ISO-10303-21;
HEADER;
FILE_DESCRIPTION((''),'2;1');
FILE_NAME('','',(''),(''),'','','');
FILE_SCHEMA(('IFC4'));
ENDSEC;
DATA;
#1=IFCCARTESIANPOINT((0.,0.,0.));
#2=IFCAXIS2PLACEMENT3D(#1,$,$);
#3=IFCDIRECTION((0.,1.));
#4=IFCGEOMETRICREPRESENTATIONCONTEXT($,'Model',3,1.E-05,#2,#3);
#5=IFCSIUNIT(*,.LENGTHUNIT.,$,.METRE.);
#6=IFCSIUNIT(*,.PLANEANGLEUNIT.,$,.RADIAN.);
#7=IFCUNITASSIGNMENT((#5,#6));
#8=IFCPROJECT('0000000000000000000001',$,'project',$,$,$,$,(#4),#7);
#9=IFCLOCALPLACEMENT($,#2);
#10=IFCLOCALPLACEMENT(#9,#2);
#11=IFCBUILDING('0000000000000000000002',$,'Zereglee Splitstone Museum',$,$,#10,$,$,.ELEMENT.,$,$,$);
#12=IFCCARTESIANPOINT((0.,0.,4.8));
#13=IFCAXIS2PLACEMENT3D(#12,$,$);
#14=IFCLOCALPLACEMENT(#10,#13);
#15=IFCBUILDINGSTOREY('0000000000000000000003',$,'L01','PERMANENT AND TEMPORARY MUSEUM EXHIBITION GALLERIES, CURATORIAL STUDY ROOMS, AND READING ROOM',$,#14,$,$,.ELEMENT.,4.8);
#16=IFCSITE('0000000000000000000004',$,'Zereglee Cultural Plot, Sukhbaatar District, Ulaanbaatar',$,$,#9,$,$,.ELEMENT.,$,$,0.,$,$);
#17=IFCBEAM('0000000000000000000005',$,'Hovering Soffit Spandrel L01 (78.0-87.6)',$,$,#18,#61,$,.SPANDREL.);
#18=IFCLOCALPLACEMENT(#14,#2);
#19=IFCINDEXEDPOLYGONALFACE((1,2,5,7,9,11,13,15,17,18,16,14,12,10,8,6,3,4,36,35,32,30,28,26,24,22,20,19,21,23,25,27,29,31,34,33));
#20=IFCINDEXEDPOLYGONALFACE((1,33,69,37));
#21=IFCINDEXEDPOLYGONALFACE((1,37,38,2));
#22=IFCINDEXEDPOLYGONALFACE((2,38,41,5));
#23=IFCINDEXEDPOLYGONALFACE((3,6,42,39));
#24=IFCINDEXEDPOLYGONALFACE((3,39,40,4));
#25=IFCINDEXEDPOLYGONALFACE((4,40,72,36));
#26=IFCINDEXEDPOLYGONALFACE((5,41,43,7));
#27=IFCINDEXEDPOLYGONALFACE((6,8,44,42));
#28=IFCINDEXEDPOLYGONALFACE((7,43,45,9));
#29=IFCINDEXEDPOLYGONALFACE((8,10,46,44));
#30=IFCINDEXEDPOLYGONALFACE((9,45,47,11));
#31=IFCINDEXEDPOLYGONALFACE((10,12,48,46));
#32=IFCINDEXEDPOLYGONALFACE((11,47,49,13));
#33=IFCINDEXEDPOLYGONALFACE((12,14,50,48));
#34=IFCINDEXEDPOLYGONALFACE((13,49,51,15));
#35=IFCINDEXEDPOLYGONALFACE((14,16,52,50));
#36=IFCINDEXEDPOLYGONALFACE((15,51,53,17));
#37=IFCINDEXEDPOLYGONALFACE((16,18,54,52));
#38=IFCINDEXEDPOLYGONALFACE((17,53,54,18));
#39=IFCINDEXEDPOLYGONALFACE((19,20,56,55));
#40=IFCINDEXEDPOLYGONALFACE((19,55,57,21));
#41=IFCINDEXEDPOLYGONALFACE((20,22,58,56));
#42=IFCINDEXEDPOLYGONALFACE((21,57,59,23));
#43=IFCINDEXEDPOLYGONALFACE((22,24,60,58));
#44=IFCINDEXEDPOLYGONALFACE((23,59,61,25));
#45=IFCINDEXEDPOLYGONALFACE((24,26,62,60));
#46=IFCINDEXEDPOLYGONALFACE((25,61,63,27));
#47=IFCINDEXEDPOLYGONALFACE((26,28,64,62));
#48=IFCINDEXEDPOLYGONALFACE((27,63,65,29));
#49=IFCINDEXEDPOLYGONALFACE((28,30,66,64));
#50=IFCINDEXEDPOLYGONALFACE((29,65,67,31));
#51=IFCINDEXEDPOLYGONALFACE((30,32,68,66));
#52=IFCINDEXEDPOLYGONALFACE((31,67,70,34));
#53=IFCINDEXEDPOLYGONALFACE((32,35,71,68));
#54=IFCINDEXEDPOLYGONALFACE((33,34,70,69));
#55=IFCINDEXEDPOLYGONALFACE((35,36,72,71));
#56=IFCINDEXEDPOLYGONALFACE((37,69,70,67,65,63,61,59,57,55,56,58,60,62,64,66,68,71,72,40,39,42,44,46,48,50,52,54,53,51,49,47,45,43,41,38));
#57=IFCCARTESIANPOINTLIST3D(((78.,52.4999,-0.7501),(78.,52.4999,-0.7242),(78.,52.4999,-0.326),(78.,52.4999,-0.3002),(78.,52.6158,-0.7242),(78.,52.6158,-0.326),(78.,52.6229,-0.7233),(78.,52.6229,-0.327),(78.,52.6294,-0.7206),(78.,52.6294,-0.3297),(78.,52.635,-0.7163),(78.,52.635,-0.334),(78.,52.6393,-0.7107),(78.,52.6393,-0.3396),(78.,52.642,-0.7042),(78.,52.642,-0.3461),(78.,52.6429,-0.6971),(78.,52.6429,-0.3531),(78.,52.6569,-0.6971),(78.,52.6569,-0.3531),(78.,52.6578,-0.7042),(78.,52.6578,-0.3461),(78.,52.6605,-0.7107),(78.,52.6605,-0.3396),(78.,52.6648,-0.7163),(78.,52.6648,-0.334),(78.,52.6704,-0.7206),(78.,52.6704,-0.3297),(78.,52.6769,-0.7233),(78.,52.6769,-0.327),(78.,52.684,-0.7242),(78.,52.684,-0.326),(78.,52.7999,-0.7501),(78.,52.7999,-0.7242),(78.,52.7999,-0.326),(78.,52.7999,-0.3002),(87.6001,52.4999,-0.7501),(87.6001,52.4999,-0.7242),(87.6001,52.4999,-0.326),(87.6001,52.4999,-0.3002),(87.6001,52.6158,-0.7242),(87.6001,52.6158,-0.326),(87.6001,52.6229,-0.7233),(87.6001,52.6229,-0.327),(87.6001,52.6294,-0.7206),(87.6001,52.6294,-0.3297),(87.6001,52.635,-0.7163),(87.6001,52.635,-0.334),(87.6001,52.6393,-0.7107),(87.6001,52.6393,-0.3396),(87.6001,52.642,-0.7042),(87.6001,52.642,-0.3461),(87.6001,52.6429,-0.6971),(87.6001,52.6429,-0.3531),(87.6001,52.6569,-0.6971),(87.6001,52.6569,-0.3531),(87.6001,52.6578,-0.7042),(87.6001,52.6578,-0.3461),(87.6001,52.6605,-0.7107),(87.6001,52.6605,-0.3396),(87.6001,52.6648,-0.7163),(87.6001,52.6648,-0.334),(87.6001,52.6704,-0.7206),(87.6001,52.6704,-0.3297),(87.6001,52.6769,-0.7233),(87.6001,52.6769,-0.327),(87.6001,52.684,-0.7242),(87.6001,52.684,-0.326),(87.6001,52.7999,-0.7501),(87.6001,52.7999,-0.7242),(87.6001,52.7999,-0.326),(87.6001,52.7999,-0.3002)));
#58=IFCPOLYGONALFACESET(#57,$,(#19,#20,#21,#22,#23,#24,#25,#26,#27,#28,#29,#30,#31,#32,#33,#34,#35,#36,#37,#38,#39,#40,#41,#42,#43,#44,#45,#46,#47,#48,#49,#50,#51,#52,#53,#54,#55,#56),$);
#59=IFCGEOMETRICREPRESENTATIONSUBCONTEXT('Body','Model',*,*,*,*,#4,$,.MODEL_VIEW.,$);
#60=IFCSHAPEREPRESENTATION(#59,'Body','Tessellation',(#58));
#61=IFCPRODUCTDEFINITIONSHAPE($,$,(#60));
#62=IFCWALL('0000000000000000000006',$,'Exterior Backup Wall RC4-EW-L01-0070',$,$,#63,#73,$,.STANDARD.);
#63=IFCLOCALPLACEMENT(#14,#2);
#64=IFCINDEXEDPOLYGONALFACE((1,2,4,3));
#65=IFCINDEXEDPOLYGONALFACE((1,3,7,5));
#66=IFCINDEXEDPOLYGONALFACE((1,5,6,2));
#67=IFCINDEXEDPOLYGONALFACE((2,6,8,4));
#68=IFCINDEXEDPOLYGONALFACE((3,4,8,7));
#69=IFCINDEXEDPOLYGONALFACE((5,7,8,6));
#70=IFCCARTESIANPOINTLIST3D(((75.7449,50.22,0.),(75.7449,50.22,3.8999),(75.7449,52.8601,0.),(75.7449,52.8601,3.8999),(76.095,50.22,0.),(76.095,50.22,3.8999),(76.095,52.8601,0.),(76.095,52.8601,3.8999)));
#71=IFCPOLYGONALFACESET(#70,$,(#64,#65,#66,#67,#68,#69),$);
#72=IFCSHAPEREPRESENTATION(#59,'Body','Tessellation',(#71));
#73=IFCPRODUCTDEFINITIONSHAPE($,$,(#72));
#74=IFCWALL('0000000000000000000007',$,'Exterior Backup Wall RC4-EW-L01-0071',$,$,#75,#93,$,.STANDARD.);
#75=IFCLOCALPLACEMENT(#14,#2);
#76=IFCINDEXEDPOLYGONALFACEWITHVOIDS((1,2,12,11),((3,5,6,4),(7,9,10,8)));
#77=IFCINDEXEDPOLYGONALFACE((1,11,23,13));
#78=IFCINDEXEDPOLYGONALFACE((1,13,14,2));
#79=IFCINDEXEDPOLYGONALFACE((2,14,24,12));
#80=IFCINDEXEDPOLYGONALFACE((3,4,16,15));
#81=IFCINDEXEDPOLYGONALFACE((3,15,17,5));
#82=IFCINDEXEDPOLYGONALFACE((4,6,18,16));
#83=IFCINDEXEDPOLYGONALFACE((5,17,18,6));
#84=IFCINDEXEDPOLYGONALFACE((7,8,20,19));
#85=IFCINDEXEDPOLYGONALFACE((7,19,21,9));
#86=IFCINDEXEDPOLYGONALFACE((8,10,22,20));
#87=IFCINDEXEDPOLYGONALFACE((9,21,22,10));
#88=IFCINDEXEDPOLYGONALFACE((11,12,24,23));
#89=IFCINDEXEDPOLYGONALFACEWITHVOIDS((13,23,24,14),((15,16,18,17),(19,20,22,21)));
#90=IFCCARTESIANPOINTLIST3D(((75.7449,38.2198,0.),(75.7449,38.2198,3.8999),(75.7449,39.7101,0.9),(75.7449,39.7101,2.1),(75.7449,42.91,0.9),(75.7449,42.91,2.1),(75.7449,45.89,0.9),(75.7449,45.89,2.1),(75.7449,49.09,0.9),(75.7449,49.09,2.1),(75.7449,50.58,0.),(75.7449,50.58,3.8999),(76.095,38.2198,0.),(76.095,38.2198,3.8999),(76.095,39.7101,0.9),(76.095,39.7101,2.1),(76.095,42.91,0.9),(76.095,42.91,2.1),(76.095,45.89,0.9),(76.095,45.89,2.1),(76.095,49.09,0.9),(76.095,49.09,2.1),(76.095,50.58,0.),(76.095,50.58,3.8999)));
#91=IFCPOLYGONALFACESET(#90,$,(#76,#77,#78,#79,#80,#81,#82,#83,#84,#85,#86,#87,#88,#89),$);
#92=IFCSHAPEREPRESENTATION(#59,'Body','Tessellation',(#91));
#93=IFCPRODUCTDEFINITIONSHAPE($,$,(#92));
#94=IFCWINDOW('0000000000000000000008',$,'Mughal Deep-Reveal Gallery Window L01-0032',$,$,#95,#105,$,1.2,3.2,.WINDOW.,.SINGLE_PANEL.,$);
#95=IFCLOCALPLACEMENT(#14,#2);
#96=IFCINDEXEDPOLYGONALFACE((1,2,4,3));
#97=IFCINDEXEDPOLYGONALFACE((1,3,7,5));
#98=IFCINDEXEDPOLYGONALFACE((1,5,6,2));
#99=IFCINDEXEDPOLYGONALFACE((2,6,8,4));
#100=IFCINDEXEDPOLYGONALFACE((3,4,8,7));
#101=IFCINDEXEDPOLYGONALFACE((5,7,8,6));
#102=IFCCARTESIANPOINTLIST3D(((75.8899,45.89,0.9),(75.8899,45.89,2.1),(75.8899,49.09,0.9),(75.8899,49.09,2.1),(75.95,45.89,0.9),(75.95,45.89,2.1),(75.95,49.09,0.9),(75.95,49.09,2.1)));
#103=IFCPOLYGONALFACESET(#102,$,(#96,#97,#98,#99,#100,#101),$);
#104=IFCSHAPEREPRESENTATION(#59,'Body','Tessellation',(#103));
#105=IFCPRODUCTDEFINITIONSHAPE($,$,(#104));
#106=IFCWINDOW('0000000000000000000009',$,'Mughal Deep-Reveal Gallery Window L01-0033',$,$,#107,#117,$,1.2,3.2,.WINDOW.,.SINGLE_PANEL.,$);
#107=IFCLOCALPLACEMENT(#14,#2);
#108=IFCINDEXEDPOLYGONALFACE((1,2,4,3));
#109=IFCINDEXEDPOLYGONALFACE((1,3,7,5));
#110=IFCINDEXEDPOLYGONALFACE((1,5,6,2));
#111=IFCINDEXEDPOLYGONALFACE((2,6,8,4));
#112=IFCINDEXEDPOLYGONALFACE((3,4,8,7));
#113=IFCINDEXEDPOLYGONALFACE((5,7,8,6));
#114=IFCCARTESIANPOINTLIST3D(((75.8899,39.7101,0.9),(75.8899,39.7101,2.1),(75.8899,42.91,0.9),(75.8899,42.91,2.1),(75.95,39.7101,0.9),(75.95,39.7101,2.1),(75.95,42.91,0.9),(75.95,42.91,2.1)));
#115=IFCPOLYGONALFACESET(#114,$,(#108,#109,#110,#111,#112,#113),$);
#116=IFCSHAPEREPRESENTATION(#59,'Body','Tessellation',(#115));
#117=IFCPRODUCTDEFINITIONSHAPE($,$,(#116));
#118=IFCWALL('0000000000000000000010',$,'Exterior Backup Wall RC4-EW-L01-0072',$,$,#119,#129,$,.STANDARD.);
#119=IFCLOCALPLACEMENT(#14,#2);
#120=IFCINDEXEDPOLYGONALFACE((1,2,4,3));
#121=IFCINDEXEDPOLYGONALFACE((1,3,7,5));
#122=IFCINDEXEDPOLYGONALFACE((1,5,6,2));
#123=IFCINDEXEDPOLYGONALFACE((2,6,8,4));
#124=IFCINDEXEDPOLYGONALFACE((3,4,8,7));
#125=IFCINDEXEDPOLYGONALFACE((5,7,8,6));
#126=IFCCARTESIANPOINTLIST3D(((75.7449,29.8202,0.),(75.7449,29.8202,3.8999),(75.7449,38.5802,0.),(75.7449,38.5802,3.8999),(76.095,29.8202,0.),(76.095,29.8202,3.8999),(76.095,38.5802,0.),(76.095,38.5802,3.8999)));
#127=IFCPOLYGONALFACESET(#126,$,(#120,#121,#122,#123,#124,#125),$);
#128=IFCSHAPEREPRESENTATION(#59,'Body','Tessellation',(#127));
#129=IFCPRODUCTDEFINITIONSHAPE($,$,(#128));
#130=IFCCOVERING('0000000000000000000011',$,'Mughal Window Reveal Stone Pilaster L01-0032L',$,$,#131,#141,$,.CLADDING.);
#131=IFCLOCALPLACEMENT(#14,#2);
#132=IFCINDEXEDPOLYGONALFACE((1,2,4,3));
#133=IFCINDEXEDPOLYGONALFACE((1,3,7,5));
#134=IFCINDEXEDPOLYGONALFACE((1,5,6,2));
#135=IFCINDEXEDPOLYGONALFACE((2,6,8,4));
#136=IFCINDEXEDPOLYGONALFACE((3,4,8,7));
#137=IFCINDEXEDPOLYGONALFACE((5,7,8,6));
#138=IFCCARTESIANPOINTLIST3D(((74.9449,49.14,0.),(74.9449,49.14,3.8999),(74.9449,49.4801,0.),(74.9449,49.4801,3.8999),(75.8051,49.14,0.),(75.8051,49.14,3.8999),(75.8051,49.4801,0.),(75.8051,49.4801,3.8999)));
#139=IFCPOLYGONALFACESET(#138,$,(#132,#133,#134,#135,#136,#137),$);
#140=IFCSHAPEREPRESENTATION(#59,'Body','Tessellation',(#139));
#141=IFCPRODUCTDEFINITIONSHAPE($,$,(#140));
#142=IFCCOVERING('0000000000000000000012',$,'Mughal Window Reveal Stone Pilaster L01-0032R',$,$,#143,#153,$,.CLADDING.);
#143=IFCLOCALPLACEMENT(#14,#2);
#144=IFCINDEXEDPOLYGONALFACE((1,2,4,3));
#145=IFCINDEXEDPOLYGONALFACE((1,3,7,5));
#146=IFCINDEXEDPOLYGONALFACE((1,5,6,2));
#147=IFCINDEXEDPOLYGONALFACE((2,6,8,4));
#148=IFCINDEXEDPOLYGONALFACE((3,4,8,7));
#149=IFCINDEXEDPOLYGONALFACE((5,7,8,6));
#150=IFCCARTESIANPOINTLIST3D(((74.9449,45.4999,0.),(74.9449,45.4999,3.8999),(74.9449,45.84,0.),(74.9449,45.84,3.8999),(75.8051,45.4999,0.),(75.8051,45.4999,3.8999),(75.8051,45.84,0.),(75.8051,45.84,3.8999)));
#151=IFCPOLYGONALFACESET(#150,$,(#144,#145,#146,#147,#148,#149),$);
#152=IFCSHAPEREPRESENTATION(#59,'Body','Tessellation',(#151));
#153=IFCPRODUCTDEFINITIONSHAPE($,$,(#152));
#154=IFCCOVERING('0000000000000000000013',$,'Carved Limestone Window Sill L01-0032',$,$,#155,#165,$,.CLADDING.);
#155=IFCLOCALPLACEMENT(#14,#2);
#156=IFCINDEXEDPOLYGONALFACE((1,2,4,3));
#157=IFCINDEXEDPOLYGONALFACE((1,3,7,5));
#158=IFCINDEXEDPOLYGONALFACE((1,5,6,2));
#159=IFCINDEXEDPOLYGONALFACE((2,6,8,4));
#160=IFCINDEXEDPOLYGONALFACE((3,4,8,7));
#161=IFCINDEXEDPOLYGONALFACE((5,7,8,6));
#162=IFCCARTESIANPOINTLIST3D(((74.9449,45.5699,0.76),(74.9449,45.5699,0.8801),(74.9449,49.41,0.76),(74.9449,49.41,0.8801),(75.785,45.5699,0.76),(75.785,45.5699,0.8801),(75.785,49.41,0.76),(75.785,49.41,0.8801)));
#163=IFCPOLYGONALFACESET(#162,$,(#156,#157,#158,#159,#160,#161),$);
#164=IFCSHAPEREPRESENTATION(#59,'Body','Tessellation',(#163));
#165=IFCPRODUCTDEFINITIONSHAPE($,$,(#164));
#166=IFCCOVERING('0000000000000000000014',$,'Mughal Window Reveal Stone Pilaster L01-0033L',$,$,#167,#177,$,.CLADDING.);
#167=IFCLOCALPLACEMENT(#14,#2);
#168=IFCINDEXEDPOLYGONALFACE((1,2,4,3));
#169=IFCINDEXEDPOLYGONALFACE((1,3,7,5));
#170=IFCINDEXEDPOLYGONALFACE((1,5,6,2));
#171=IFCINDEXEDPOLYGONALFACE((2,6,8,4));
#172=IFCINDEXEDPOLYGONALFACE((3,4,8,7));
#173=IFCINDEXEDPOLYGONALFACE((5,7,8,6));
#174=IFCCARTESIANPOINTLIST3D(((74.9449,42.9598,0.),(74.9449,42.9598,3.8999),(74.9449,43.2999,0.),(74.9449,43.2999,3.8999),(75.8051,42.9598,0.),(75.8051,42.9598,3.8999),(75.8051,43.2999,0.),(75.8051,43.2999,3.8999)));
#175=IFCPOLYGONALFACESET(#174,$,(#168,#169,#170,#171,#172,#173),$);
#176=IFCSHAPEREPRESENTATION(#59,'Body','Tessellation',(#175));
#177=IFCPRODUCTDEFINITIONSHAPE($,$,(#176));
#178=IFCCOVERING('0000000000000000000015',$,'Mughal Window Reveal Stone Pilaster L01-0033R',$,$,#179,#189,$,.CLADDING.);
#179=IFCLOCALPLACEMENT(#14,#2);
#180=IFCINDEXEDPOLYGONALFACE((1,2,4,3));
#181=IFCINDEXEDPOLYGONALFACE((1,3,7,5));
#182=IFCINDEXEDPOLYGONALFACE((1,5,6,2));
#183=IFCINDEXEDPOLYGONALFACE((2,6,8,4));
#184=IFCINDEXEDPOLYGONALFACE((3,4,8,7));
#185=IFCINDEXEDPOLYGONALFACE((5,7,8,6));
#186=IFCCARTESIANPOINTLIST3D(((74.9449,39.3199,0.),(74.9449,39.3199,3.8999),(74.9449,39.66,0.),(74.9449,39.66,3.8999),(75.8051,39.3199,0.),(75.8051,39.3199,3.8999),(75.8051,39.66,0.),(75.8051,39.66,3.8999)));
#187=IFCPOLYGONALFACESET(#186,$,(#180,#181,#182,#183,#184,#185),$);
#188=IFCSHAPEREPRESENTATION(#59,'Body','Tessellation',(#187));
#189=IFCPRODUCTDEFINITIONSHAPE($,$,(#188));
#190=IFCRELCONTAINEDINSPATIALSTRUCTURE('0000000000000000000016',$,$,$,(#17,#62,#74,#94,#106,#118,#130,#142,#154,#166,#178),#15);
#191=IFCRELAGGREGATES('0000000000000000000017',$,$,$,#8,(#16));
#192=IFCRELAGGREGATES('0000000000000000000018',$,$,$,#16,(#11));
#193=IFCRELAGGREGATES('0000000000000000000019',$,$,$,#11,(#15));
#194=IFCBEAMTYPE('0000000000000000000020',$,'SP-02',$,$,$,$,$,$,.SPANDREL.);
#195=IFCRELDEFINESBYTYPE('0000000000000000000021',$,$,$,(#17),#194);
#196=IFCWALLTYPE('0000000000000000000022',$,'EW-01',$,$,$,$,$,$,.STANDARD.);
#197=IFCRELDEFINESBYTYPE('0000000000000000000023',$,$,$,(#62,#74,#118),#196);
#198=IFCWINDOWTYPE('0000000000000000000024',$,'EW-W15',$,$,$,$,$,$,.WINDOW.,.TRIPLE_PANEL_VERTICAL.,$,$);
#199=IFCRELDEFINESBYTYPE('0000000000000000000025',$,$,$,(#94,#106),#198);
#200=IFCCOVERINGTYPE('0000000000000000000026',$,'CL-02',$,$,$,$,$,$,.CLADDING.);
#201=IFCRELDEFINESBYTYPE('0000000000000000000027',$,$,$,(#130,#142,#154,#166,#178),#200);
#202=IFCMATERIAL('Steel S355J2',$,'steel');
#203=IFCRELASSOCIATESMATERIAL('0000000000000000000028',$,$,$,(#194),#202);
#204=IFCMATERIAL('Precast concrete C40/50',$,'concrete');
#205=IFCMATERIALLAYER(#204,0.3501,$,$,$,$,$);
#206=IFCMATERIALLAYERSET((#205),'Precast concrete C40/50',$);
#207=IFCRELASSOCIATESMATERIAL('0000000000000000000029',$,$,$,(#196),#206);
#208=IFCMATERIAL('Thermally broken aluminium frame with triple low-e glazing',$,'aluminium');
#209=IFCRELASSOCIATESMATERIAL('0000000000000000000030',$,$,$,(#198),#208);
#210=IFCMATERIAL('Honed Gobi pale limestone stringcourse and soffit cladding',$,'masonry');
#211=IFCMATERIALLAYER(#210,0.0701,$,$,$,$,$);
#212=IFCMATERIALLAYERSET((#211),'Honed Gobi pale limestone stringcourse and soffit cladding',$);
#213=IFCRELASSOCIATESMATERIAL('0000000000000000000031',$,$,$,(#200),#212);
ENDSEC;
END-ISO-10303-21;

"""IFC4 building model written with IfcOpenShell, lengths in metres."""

from ifc_helpers import new_model, si_unit, direction, frame, frame_2d, origin, origin_2d, place, context, subcontext, project, spatial, rectangle, i_section, extrude, material, layer, layer_set, material_profile, profile_set, type_object, element, fill, save


model = new_model("IFC4")

# Units and contexts
model_context = context("Model", 3, precision=1e-05, world=origin(), true_north=direction((0.0, 1.0)))
body_context = subcontext(model_context, "Body", "Model", "MODEL_VIEW")
ifc_project = project(units=[si_unit("LENGTHUNIT", "METRE"), si_unit("PLANEANGLEUNIT", "RADIAN")], contexts=[model_context])

# Site, building, storey
site_placement = place(None, origin())
site = spatial("IfcSite", under=ifc_project, at=site_placement, Name="Zereglee Cultural Plot, Sukhbaatar District, Ulaanbaatar", CompositionType="ELEMENT", RefElevation=0.0)
building_placement = place(site_placement, origin())
building = spatial("IfcBuilding", under=site, at=building_placement, Name="Zereglee Splitstone Museum", CompositionType="ELEMENT")
storey_placement = place(building_placement, frame((0.0, 0.0, 4.8)))
storey = spatial("IfcBuildingStorey", under=building, at=storey_placement, Name="L01", Description="PERMANENT AND TEMPORARY MUSEUM EXHIBITION GALLERIES, CURATORIAL STUDY ROOMS, AND READING ROOM", CompositionType="ELEMENT", Elevation=4.8)

# Beam
ifc_material_1 = material(Name="Steel S355J2", Category="steel")
ifc_material_profile_1 = material_profile(ifc_material_1, i_section(OverallWidth=0.3, OverallDepth=0.45, WebThickness=0.0139, FlangeThickness=0.0259, FilletRadius=0.0271, at=origin_2d()), Name="HE 450 B")
ifc_profile_set_1 = profile_set([ifc_material_profile_1], Name="Steel S355J2")
beam_type_1 = type_object("IfcBeamType", Name="SP-02", PredefinedType="SPANDREL", material=ifc_profile_set_1)
beam_1_placement = place(storey_placement, frame((78.0, 52.6499, -0.5251), z_axis=(1.0, 0.0, 0.0), x_axis=(0.0, 1.0, 0.0)))
element("IfcBeam", 1, at=beam_1_placement, inside=storey, type_object=beam_type_1, Name="Hovering Soffit Spandrel L01 (78.0-87.6)", PredefinedType="SPANDREL", context=body_context, shape_type="SweptSolid", body=[
    extrude(i_section(OverallWidth=0.3, OverallDepth=0.45, WebThickness=0.0139, FlangeThickness=0.0259, FilletRadius=0.0271, at=origin_2d()), origin(), (0.0, 0.0, 1.0), 9.6001),
])

# Wall
ifc_material_2 = material(Name="Precast concrete C40/50", Category="concrete")
ifc_layer_1 = layer(ifc_material_2, 0.3501)
ifc_layer_set_1 = layer_set([ifc_layer_1], Name="Precast concrete C40/50")
wall_type = type_object("IfcWallType", Name="EW-01", PredefinedType="STANDARD", material=ifc_layer_set_1)
wall_1_placement = place(storey_placement, frame((75.9199, 52.8601, 0.0), z_axis=(0.0, 0.0, 1.0), x_axis=(0.0, -1.0, 0.0)))
element("IfcWall", 2, at=wall_1_placement, inside=storey, type_object=wall_type, Name="Exterior Backup Wall RC4-EW-L01-0070", PredefinedType="STANDARD", context=body_context, shape_type="SweptSolid", body=[
    extrude(rectangle(XDim=2.6401, YDim=0.3501, at=frame_2d((1.3201, 0.0))), origin(), (0.0, 0.0, 1.0), 3.8999),
])

# Wall, openings, windows
wall_2_placement = place(storey_placement, frame((75.9199, 50.5801, 0.0), z_axis=(0.0, 0.0, 1.0), x_axis=(0.0, -1.0, 0.0)))
wall_2 = element("IfcWall", 3, at=wall_2_placement, inside=storey, type_object=wall_type, Name="Exterior Backup Wall RC4-EW-L01-0071", PredefinedType="STANDARD", context=body_context, shape_type="SweptSolid", body=[
    extrude(rectangle(XDim=12.3601, YDim=0.3501, at=frame_2d((6.1802, 0.0))), origin(), (0.0, 0.0, 1.0), 3.8999),
])
opening_1_placement = place(wall_2_placement, frame((1.49, 0.0, 0.8999)))
opening_1 = element("IfcOpeningElement", 4, at=opening_1_placement, cuts=wall_2, PredefinedType="OPENING", context=body_context, shape_type="SweptSolid", body=[
    extrude(rectangle(XDim=3.2, YDim=1.2, at=frame_2d((1.6001, 0.6001))), frame((0.0, 0.1899, 0.0), z_axis=(0.0, -1.0, 0.0), x_axis=(1.0, 0.0, 0.0)), (0.0, 0.0, 1.0), 0.3799),
])
opening_2_placement = place(wall_2_placement, frame((7.6699, 0.0, 0.8999)))
opening_2 = element("IfcOpeningElement", 5, at=opening_2_placement, cuts=wall_2, PredefinedType="OPENING", context=body_context, shape_type="SweptSolid", body=[
    extrude(rectangle(XDim=3.2, YDim=1.2, at=frame_2d((1.6001, 0.6001))), frame((0.0, 0.1899, 0.0), z_axis=(0.0, -1.0, 0.0), x_axis=(1.0, 0.0, 0.0)), (0.0, 0.0, 1.0), 0.3799),
])
ifc_material_3 = material(Name="Thermally broken aluminium frame with triple low-e glazing", Category="aluminium")
window_type = type_object("IfcWindowType", Name="EW-W15", PartitioningType="TRIPLE_PANEL_VERTICAL", PredefinedType="WINDOW", material=ifc_material_3)
window_1_placement = place(opening_1_placement, origin())
window_1 = element("IfcWindow", 6, at=window_1_placement, inside=storey, type_object=window_type, Name="Mughal Deep-Reveal Gallery Window L01-0032", OverallHeight=1.2, OverallWidth=3.2, PartitioningType="SINGLE_PANEL", PredefinedType="WINDOW", context=body_context, shape_type="SweptSolid", body=[
    extrude(rectangle(XDim=3.2, YDim=1.2, at=frame_2d((1.6001, 0.6001))), frame((0.0, 0.03, 0.0), z_axis=(0.0, -1.0, 0.0), x_axis=(1.0, 0.0, 0.0)), (0.0, 0.0, 1.0), 0.0601),
])
fill(opening_1, window_1)
window_2_placement = place(opening_2_placement, origin())
window_2 = element("IfcWindow", 7, at=window_2_placement, inside=storey, type_object=window_type, Name="Mughal Deep-Reveal Gallery Window L01-0033", OverallHeight=1.2, OverallWidth=3.2, PartitioningType="SINGLE_PANEL", PredefinedType="WINDOW", context=body_context, shape_type="SweptSolid", body=[
    extrude(rectangle(XDim=3.2, YDim=1.2, at=frame_2d((1.6001, 0.6001))), frame((0.0, 0.03, 0.0), z_axis=(0.0, -1.0, 0.0), x_axis=(1.0, 0.0, 0.0)), (0.0, 0.0, 1.0), 0.0601),
])
fill(opening_2, window_2)

# Wall
wall_3_placement = place(storey_placement, frame((75.9199, 38.5801, 0.0), z_axis=(0.0, 0.0, 1.0), x_axis=(0.0, -1.0, 0.0)))
element("IfcWall", 8, at=wall_3_placement, inside=storey, type_object=wall_type, Name="Exterior Backup Wall RC4-EW-L01-0072", PredefinedType="STANDARD", context=body_context, shape_type="SweptSolid", body=[
    extrude(rectangle(XDim=8.76, YDim=0.3501, at=frame_2d((4.3799, 0.0))), origin(), (0.0, 0.0, 1.0), 3.8999),
])

# Coverings
ifc_material_4 = material(Name="Honed Gobi pale limestone stringcourse and soffit cladding", Category="masonry")
ifc_layer_2 = layer(ifc_material_4, 0.0701)
ifc_layer_set_2 = layer_set([ifc_layer_2], Name="Honed Gobi pale limestone stringcourse and soffit cladding")
covering_type_1 = type_object("IfcCoveringType", Name="CL-02", PredefinedType="CLADDING", material=ifc_layer_set_2)
for number, where, z_axis, x_axis, name in (
    (9, (75.375, 49.3101, 0.0), (0.0, 0.0, 1.0), (0.0, -1.0, 0.0), "Mughal Window Reveal Stone Pilaster L01-0032L"),
    (10, (75.375, 45.6699, 0.0), (0.0, 0.0, 1.0), (0.0, -1.0, 0.0), "Mughal Window Reveal Stone Pilaster L01-0032R"),
):
    element("IfcCovering", number, at=place(storey_placement, frame(where, z_axis=z_axis, x_axis=x_axis)), inside=storey, type_object=covering_type_1, Name=name, PredefinedType="CLADDING", context=body_context, shape_type="SweptSolid", body=[
        extrude(rectangle(XDim=0.3401, YDim=0.8601, at=origin_2d()), origin(), (0.0, 0.0, 1.0), 3.8999),
    ])
covering_1_placement = place(storey_placement, frame((75.365, 47.49, 0.76), z_axis=(0.0, 0.0, 1.0), x_axis=(0.0, -1.0, 0.0)))
element("IfcCovering", 11, at=covering_1_placement, inside=storey, type_object=covering_type_1, Name="Carved Limestone Window Sill L01-0032", PredefinedType="CLADDING", context=body_context, shape_type="SweptSolid", body=[
    extrude(rectangle(XDim=3.8401, YDim=0.8401, at=origin_2d()), origin(), (0.0, 0.0, 1.0), 0.1201),
])
for number, where, z_axis, x_axis, name in (
    (12, (75.375, 43.1299, 0.0), (0.0, 0.0, 1.0), (0.0, -1.0, 0.0), "Mughal Window Reveal Stone Pilaster L01-0033L"),
    (13, (75.375, 39.49, 0.0), (0.0, 0.0, 1.0), (0.0, -1.0, 0.0), "Mughal Window Reveal Stone Pilaster L01-0033R"),
):
    element("IfcCovering", number, at=place(storey_placement, frame(where, z_axis=z_axis, x_axis=x_axis)), inside=storey, type_object=covering_type_1, Name=name, PredefinedType="CLADDING", context=body_context, shape_type="SweptSolid", body=[
        extrude(rectangle(XDim=0.3401, YDim=0.8601, at=origin_2d()), origin(), (0.0, 0.0, 1.0), 3.8999),
    ])

save(model, "model.ifc")
